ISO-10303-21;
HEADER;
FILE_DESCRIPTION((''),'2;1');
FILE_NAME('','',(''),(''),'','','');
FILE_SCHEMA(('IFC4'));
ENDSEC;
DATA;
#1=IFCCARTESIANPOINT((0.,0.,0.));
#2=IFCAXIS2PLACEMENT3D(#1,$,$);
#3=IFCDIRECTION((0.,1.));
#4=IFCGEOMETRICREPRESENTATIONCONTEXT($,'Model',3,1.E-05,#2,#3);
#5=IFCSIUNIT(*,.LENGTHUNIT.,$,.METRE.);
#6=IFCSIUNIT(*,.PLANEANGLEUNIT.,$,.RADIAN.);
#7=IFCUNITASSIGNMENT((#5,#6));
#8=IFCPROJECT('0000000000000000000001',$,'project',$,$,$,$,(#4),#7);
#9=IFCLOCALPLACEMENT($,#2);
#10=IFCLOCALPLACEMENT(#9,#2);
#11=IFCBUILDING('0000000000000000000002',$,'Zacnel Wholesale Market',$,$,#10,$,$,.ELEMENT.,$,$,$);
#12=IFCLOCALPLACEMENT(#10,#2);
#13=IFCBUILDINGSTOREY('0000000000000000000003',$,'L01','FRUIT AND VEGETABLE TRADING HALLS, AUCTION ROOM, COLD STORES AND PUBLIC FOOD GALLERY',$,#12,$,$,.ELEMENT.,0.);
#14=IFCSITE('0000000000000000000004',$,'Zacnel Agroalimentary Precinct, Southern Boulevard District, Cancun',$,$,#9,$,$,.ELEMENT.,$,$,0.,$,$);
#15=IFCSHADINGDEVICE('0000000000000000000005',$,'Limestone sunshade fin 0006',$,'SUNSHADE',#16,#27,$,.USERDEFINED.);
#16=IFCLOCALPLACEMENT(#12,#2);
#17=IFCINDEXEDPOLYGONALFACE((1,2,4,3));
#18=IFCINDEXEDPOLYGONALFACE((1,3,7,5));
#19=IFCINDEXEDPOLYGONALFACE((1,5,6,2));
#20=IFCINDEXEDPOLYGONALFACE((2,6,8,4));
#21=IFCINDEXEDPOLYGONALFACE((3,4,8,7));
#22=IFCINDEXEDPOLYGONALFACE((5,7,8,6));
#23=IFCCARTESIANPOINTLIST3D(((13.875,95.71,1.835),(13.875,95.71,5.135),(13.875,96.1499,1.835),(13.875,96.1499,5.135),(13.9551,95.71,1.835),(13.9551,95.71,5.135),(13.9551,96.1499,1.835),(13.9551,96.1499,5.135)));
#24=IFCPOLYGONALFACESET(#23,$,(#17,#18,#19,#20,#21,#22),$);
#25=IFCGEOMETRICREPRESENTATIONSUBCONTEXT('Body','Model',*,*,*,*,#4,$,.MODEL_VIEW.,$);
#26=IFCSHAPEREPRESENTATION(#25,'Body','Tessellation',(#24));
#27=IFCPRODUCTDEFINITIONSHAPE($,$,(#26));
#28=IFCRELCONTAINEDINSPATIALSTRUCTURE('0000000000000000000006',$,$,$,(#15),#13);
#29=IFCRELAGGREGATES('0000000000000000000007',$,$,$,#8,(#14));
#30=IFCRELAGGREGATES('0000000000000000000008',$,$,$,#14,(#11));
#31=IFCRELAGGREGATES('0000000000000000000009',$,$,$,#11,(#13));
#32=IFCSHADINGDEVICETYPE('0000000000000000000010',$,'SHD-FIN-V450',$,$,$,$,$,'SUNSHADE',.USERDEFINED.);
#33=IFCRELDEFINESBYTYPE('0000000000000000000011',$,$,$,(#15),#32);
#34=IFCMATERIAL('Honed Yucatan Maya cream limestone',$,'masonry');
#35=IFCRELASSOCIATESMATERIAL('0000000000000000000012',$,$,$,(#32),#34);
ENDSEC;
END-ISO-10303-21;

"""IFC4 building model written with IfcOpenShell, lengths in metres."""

from ifc_helpers import new_model, si_unit, direction, frame, origin, origin_2d, place, context, subcontext, project, spatial, rectangle, extrude, material, type_object, element, save


model = new_model("IFC4")

# Units and contexts
model_context = context("Model", 3, precision=1e-05, world=origin(), true_north=direction((0.0, 1.0)))
body_context = subcontext(model_context, "Body", "Model", "MODEL_VIEW")
ifc_project = project(units=[si_unit("LENGTHUNIT", "METRE"), si_unit("PLANEANGLEUNIT", "RADIAN")], contexts=[model_context])

# Site, building, storey
site_placement = place(None, origin())
site = spatial("IfcSite", under=ifc_project, at=site_placement, Name="Zacnel Agroalimentary Precinct, Southern Boulevard District, Cancun", CompositionType="ELEMENT", RefElevation=0.0)
building_placement = place(site_placement, origin())
building = spatial("IfcBuilding", under=site, at=building_placement, Name="Zacnel Wholesale Market", CompositionType="ELEMENT")
storey_placement = place(building_placement, origin())
storey = spatial("IfcBuildingStorey", under=building, at=storey_placement, Name="L01", Description="FRUIT AND VEGETABLE TRADING HALLS, AUCTION ROOM, COLD STORES AND PUBLIC FOOD GALLERY", CompositionType="ELEMENT", Elevation=0.0)

# Shading device
ifc_material_1 = material(Name="Honed Yucatan Maya cream limestone", Category="masonry")
shading_device_type = type_object("IfcShadingDeviceType", Name="SHD-FIN-V450", ElementType="SUNSHADE", PredefinedType="USERDEFINED", material=ifc_material_1)
for number, where, z_axis, x_axis, name in (
    (1, (13.915, 95.9299, 1.835), (0.0, 0.0, 1.0), (1.0, 0.0, 0.0), "Limestone sunshade fin 0006"),
):
    element("IfcShadingDevice", number, at=place(storey_placement, frame(where, z_axis=z_axis, x_axis=x_axis)), inside=storey, type_object=shading_device_type, Name=name, ObjectType="SUNSHADE", PredefinedType="USERDEFINED", context=body_context, shape_type="SweptSolid", body=[
        extrude(rectangle(XDim=0.0801, YDim=0.4399, at=origin_2d()), origin(), (0.0, 0.0, 1.0), 3.3),
    ])

save(model, "model.ifc")
